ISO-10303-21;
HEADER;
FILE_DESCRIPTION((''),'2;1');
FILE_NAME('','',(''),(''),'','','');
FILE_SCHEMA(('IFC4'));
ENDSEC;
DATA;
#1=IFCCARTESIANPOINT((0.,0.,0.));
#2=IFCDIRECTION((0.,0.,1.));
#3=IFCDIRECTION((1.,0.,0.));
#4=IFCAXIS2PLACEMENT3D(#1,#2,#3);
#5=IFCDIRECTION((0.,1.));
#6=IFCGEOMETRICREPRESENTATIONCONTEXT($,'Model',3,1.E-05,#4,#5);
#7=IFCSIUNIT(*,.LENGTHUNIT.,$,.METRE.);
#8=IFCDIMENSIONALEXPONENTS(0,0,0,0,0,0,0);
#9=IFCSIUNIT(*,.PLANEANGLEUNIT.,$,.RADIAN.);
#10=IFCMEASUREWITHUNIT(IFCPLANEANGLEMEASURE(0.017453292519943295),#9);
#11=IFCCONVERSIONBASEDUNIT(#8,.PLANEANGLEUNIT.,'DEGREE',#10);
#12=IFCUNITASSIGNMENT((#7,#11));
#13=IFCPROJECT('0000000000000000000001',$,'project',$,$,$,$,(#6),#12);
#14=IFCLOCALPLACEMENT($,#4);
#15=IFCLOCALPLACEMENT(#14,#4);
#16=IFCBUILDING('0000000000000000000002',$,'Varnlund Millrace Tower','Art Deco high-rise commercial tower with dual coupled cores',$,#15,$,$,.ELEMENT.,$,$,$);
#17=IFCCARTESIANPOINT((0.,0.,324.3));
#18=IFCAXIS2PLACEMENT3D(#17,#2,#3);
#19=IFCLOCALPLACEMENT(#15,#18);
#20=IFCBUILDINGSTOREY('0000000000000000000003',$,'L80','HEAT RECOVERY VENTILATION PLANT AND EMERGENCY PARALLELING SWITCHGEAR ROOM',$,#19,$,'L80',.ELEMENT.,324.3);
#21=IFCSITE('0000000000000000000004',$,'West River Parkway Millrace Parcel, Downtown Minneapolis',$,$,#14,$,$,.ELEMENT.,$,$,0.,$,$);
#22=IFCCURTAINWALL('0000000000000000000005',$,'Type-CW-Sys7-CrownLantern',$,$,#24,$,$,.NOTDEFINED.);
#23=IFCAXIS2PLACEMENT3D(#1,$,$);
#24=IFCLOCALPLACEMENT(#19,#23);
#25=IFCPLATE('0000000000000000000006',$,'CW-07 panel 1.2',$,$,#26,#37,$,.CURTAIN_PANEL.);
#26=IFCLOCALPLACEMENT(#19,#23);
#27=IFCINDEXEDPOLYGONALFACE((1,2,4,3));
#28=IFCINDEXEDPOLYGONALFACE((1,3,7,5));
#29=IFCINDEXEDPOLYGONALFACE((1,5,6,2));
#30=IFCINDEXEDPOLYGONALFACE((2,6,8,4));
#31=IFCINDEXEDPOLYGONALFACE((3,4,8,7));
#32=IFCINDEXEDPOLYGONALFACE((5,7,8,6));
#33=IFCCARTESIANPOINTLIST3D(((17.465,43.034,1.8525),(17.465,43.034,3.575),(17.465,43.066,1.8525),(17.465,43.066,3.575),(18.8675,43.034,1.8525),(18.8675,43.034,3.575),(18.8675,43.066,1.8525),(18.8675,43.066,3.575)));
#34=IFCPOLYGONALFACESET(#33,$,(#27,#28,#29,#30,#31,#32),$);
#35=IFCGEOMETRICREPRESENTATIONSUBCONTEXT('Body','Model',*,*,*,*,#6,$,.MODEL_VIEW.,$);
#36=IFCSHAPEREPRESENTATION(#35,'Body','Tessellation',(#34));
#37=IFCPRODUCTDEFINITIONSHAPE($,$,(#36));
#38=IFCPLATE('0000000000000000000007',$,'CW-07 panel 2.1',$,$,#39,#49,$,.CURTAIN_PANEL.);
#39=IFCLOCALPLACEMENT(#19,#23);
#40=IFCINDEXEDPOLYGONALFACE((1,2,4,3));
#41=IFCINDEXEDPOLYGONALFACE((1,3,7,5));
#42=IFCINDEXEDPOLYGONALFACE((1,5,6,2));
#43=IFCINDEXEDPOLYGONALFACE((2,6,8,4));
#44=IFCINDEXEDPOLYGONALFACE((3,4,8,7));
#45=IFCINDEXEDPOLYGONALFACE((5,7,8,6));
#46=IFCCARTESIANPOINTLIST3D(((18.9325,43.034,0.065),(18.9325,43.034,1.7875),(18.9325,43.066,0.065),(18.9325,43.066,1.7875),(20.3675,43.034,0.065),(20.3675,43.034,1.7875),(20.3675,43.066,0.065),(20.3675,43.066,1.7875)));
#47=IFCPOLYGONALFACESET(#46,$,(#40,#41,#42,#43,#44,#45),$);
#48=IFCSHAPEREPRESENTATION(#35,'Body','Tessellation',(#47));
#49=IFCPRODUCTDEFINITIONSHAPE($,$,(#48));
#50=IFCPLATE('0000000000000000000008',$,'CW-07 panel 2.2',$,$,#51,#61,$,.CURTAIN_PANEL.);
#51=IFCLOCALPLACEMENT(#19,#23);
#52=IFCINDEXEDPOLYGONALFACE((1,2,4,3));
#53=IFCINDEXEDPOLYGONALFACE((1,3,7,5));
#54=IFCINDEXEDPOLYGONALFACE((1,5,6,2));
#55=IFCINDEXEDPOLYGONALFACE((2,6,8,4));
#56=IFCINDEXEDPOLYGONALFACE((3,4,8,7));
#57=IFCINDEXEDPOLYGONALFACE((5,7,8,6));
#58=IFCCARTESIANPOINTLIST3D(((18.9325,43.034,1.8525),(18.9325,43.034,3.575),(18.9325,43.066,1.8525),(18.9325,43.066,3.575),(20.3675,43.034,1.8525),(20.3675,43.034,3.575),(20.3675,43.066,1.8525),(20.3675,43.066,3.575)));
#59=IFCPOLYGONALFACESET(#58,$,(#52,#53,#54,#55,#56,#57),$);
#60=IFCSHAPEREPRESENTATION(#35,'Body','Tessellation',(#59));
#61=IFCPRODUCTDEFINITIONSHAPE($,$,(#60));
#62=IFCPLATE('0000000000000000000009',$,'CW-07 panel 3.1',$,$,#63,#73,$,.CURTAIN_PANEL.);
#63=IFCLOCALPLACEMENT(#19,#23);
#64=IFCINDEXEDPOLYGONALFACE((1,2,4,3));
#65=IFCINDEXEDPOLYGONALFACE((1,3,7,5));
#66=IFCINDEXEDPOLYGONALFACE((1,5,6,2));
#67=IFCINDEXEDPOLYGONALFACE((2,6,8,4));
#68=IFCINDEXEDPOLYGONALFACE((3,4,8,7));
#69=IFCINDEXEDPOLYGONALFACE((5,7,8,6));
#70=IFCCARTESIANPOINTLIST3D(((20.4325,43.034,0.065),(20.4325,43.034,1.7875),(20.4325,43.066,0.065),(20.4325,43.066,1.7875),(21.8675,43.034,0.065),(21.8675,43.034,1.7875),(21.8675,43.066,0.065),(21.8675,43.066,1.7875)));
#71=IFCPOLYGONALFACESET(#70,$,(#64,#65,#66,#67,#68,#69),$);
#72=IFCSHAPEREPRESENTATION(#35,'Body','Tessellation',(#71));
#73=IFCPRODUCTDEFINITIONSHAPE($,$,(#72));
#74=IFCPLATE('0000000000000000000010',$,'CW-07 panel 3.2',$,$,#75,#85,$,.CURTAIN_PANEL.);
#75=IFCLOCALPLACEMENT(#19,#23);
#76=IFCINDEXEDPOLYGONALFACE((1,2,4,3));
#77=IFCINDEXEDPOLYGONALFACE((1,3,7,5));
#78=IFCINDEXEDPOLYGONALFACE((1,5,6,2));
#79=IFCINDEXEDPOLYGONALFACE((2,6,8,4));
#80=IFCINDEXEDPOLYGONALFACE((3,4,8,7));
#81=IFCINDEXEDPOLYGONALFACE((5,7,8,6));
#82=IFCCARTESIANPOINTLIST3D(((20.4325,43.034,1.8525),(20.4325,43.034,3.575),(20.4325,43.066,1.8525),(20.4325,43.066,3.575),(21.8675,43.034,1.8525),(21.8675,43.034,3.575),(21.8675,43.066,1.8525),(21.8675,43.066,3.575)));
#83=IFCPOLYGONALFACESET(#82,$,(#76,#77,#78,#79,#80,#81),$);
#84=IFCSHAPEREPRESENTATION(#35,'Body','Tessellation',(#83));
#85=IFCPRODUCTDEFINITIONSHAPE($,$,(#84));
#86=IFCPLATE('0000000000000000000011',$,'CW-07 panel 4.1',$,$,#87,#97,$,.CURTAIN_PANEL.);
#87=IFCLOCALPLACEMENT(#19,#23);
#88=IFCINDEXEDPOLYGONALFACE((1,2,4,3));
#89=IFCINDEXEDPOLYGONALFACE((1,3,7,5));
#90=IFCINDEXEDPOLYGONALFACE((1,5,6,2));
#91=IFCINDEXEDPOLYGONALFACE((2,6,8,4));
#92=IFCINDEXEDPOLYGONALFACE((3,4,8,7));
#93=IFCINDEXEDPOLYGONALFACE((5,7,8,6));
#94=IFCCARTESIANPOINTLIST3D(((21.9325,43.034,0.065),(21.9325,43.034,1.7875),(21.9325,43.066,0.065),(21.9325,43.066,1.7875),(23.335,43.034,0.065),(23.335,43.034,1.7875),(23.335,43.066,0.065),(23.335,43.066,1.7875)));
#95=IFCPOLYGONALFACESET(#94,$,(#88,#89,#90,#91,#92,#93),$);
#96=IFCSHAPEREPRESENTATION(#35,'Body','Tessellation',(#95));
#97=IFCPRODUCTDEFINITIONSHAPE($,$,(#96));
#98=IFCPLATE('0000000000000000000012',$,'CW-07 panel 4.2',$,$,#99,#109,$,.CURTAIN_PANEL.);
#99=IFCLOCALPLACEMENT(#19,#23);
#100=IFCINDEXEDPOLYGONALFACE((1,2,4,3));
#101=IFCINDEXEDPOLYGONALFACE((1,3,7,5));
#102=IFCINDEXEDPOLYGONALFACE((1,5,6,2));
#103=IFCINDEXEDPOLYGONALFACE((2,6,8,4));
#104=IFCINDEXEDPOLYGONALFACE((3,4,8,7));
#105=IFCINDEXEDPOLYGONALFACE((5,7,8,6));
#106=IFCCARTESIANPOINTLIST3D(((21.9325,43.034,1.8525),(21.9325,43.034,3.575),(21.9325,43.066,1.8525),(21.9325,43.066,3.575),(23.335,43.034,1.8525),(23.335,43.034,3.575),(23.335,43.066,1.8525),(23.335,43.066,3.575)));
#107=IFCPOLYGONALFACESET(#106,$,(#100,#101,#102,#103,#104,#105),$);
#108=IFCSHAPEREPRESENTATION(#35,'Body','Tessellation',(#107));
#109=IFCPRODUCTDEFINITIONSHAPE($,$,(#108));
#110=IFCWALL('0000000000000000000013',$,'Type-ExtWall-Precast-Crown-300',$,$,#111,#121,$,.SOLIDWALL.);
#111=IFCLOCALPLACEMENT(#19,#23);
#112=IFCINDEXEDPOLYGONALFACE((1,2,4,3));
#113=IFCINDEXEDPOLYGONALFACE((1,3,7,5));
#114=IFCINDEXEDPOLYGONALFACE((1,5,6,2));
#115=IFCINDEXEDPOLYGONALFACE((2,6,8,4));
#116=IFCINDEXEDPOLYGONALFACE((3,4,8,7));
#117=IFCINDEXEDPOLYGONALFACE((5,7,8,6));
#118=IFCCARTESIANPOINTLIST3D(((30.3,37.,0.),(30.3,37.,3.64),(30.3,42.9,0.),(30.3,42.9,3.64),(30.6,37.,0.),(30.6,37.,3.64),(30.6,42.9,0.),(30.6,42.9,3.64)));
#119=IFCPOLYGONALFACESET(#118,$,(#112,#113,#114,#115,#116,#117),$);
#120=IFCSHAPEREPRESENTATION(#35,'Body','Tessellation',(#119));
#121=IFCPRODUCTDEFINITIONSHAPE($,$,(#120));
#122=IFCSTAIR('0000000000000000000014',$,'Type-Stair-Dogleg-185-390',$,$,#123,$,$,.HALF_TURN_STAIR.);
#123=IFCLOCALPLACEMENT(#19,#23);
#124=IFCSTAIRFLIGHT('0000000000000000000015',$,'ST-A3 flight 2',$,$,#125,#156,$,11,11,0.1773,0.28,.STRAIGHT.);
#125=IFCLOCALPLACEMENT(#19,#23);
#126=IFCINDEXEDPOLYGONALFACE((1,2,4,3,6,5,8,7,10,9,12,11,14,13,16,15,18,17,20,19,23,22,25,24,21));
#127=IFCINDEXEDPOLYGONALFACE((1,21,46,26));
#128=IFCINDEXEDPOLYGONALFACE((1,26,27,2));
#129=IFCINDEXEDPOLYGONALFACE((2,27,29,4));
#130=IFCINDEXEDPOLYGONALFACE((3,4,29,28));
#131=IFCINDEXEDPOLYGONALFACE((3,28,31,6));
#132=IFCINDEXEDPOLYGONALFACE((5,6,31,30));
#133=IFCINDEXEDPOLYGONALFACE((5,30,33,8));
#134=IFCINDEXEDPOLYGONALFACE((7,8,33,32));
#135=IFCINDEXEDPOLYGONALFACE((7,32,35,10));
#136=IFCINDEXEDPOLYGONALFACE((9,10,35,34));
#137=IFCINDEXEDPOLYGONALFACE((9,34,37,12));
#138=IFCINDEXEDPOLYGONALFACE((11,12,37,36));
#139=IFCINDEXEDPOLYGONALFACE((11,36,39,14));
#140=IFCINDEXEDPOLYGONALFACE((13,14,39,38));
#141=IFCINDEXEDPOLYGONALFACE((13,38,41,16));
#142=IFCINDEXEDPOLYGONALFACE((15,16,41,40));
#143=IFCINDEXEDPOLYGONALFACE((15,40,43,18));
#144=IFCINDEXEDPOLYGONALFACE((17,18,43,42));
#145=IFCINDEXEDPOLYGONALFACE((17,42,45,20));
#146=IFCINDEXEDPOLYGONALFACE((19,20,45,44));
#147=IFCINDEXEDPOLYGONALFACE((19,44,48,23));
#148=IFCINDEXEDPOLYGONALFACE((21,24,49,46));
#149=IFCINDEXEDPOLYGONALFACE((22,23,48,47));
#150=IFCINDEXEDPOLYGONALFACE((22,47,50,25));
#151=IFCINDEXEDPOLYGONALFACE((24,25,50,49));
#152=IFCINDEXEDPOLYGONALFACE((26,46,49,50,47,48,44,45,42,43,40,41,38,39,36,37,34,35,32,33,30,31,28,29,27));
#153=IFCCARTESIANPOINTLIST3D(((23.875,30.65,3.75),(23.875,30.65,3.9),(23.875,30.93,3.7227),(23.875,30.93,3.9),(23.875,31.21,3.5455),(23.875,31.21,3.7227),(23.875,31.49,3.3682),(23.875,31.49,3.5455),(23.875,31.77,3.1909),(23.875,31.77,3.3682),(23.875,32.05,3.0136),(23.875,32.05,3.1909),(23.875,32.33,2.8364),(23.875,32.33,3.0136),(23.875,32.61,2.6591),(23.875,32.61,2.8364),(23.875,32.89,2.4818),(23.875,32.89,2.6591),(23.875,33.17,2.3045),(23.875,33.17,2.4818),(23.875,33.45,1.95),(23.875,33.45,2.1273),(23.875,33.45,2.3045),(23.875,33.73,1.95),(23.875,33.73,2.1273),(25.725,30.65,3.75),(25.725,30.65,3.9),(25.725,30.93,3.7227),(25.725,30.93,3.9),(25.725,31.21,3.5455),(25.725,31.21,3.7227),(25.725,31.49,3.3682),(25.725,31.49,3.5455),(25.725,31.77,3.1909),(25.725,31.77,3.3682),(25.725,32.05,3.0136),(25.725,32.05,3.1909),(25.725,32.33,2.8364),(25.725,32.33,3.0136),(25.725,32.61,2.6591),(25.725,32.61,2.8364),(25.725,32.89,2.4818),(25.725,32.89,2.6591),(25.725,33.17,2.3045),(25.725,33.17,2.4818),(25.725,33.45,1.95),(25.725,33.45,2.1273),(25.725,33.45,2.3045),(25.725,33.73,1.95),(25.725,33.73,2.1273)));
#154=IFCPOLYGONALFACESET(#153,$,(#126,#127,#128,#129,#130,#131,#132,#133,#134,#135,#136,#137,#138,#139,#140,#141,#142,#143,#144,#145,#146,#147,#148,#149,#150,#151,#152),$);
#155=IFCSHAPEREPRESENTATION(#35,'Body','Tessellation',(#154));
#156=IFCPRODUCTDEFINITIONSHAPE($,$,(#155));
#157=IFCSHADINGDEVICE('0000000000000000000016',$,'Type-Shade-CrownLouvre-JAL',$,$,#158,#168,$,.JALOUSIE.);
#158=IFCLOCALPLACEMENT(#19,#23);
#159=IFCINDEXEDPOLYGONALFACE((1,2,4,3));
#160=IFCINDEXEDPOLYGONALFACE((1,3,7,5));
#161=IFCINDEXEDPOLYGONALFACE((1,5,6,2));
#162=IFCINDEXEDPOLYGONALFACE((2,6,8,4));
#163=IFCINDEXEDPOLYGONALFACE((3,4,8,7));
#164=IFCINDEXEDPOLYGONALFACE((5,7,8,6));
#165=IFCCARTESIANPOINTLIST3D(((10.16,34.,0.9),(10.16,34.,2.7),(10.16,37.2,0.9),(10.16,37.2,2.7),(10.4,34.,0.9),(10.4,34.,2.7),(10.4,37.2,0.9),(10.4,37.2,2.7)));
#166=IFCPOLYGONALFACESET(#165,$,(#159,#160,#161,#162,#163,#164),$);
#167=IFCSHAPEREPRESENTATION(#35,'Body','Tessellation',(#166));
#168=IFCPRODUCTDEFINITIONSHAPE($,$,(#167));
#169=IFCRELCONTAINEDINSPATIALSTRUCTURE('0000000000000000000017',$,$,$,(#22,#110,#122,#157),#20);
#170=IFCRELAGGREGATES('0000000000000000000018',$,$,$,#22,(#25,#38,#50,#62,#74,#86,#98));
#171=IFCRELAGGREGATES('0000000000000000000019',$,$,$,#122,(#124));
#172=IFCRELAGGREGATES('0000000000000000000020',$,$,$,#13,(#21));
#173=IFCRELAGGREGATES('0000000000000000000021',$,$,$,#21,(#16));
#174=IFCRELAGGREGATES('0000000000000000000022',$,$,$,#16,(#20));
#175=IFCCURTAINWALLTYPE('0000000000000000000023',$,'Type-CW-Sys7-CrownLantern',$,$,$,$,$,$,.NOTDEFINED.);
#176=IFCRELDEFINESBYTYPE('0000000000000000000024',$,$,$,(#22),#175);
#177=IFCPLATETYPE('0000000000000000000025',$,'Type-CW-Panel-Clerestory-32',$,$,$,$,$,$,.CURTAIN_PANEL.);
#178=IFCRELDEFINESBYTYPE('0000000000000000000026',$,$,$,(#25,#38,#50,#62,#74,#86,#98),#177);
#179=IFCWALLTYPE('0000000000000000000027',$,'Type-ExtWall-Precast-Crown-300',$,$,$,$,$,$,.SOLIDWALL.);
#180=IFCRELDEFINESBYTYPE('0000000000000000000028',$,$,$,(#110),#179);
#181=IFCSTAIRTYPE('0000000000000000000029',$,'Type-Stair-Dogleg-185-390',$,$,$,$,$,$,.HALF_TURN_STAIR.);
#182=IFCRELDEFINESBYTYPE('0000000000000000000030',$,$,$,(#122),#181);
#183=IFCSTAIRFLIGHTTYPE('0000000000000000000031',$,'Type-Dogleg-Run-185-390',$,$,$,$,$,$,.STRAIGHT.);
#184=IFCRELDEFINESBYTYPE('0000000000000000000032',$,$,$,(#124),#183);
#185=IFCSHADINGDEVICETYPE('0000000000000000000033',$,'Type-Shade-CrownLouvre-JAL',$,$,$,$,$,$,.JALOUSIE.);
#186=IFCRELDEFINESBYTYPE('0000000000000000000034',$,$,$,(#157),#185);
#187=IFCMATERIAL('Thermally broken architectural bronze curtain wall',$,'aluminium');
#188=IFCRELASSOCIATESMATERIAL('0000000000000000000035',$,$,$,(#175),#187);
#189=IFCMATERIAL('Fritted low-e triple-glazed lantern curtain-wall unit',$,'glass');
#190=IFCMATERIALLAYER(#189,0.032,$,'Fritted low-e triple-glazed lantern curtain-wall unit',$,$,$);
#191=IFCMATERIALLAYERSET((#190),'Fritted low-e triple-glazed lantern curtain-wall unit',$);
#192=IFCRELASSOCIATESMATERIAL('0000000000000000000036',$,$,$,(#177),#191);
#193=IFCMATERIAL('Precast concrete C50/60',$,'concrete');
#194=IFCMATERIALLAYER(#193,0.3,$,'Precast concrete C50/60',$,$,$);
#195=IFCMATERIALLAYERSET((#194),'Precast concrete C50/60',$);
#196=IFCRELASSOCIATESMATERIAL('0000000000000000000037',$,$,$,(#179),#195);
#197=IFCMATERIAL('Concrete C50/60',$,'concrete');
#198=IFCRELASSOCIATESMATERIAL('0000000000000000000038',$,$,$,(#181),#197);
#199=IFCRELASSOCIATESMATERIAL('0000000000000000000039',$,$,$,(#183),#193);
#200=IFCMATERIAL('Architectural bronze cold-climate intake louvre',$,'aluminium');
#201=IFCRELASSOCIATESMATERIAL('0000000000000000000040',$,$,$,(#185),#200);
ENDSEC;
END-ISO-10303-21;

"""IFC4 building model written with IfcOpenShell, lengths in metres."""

from ifc_helpers import new_model, entity, si_unit, converted_unit, direction, frame, origin_with_axes, origin_2d_with_axis, place, context, subcontext, project, spatial, polyline, rectangle, outline, extrude, material, layer, layer_set, type_object, element, aggregate, save


model = new_model("IFC4")

# Units and contexts
model_context = context("Model", 3, precision=1e-05, world=origin_with_axes(), true_north=direction((0.0, 1.0)))
body_context = subcontext(model_context, "Body", "Model", "MODEL_VIEW")
ifc_project = project(units=[si_unit("LENGTHUNIT", "METRE"), converted_unit("PLANEANGLEUNIT", "DEGREE", entity("IfcPlaneAngleMeasure", 0.017453292519943295), si_unit("PLANEANGLEUNIT", "RADIAN"), dimensions=[0, 0, 0, 0, 0, 0, 0])], contexts=[model_context])

# Site, building, storey
site_placement = place(None, origin_with_axes())
site = spatial("IfcSite", under=ifc_project, at=site_placement, Name="West River Parkway Millrace Parcel, Downtown Minneapolis", CompositionType="ELEMENT", RefElevation=0.0)
building_placement = place(site_placement, origin_with_axes())
building = spatial("IfcBuilding", under=site, at=building_placement, Name="Varnlund Millrace Tower", Description="Art Deco high-rise commercial tower with dual coupled cores", CompositionType="ELEMENT")
storey_placement = place(building_placement, frame((0.0, 0.0, 324.3), z_axis=(0.0, 0.0, 1.0), x_axis=(1.0, 0.0, 0.0)))
storey = spatial("IfcBuildingStorey", under=building, at=storey_placement, Name="L80", Description="HEAT RECOVERY VENTILATION PLANT AND EMERGENCY PARALLELING SWITCHGEAR ROOM", LongName="L80", CompositionType="ELEMENT", Elevation=324.3)

# Curtain wall
ifc_material_1 = material(Name="Thermally broken architectural bronze curtain wall", Category="aluminium")
curtain_wall_type = type_object("IfcCurtainWallType", Name="Type-CW-Sys7-CrownLantern", PredefinedType="NOTDEFINED", material=ifc_material_1)
curtain_wall_1_placement = place(storey_placement, frame((17.4, 43.05, 0.0), z_axis=(0.0, 0.0, 1.0), x_axis=(1.0, 0.0, 0.0)))
curtain_wall_1 = element("IfcCurtainWall", 1, at=curtain_wall_1_placement, inside=storey, type_object=curtain_wall_type, Name="Type-CW-Sys7-CrownLantern", PredefinedType="NOTDEFINED")

# Plates
ifc_material_2 = material(Name="Fritted low-e triple-glazed lantern curtain-wall unit", Category="glass")
ifc_layer_1 = layer(ifc_material_2, 0.032, Name="Fritted low-e triple-glazed lantern curtain-wall unit")
ifc_layer_set_1 = layer_set([ifc_layer_1], Name="Fritted low-e triple-glazed lantern curtain-wall unit")
plate_type = type_object("IfcPlateType", Name="Type-CW-Panel-Clerestory-32", PredefinedType="CURTAIN_PANEL", material=ifc_layer_set_1)
plate_1_placement = place(storey_placement, frame((18.1663, 43.05, 1.8525), z_axis=(0.0, 0.0, 1.0), x_axis=(1.0, 0.0, 0.0)))
plate_1 = element("IfcPlate", 2, at=plate_1_placement, type_object=plate_type, Name="CW-07 panel 1.2", PredefinedType="CURTAIN_PANEL", context=body_context, shape_type="SweptSolid", body=[
    extrude(rectangle(XDim=1.4025, YDim=0.032, at=origin_2d_with_axis()), origin_with_axes(), (0.0, 0.0, 1.0), 1.7225),
])
plate_2_placement = place(storey_placement, frame((19.65, 43.05, 0.065), z_axis=(0.0, 0.0, 1.0), x_axis=(1.0, 0.0, 0.0)))
plate_2 = element("IfcPlate", 3, at=plate_2_placement, type_object=plate_type, Name="CW-07 panel 2.1", PredefinedType="CURTAIN_PANEL", context=body_context, shape_type="SweptSolid", body=[
    extrude(rectangle(XDim=1.435, YDim=0.032, at=origin_2d_with_axis()), origin_with_axes(), (0.0, 0.0, 1.0), 1.7225),
])
plate_3_placement = place(storey_placement, frame((19.65, 43.05, 1.8525), z_axis=(0.0, 0.0, 1.0), x_axis=(1.0, 0.0, 0.0)))
plate_3 = element("IfcPlate", 4, at=plate_3_placement, type_object=plate_type, Name="CW-07 panel 2.2", PredefinedType="CURTAIN_PANEL", context=body_context, shape_type="SweptSolid", body=[
    extrude(rectangle(XDim=1.435, YDim=0.032, at=origin_2d_with_axis()), origin_with_axes(), (0.0, 0.0, 1.0), 1.7225),
])
plate_4_placement = place(storey_placement, frame((21.15, 43.05, 0.065), z_axis=(0.0, 0.0, 1.0), x_axis=(1.0, 0.0, 0.0)))
plate_4 = element("IfcPlate", 5, at=plate_4_placement, type_object=plate_type, Name="CW-07 panel 3.1", PredefinedType="CURTAIN_PANEL", context=body_context, shape_type="SweptSolid", body=[
    extrude(rectangle(XDim=1.435, YDim=0.032, at=origin_2d_with_axis()), origin_with_axes(), (0.0, 0.0, 1.0), 1.7225),
])
plate_5_placement = place(storey_placement, frame((21.15, 43.05, 1.8525), z_axis=(0.0, 0.0, 1.0), x_axis=(1.0, 0.0, 0.0)))
plate_5 = element("IfcPlate", 6, at=plate_5_placement, type_object=plate_type, Name="CW-07 panel 3.2", PredefinedType="CURTAIN_PANEL", context=body_context, shape_type="SweptSolid", body=[
    extrude(rectangle(XDim=1.435, YDim=0.032, at=origin_2d_with_axis()), origin_with_axes(), (0.0, 0.0, 1.0), 1.7225),
])
plate_6_placement = place(storey_placement, frame((22.6337, 43.05, 0.065), z_axis=(0.0, 0.0, 1.0), x_axis=(1.0, 0.0, 0.0)))
plate_6 = element("IfcPlate", 7, at=plate_6_placement, type_object=plate_type, Name="CW-07 panel 4.1", PredefinedType="CURTAIN_PANEL", context=body_context, shape_type="SweptSolid", body=[
    extrude(rectangle(XDim=1.4025, YDim=0.032, at=origin_2d_with_axis()), origin_with_axes(), (0.0, 0.0, 1.0), 1.7225),
])
plate_7_placement = place(storey_placement, frame((22.6337, 43.05, 1.8525), z_axis=(0.0, 0.0, 1.0), x_axis=(1.0, 0.0, 0.0)))
plate_7 = element("IfcPlate", 8, at=plate_7_placement, type_object=plate_type, Name="CW-07 panel 4.2", PredefinedType="CURTAIN_PANEL", context=body_context, shape_type="SweptSolid", body=[
    extrude(rectangle(XDim=1.4025, YDim=0.032, at=origin_2d_with_axis()), origin_with_axes(), (0.0, 0.0, 1.0), 1.7225),
])
aggregate(curtain_wall_1, [plate_1, plate_2, plate_3, plate_4, plate_5, plate_6, plate_7])

# Wall
ifc_material_3 = material(Name="Precast concrete C50/60", Category="concrete")
ifc_layer_2 = layer(ifc_material_3, 0.3, Name="Precast concrete C50/60")
ifc_layer_set_2 = layer_set([ifc_layer_2], Name="Precast concrete C50/60")
wall_type = type_object("IfcWallType", Name="Type-ExtWall-Precast-Crown-300", PredefinedType="SOLIDWALL", material=ifc_layer_set_2)
wall_placement = place(storey_placement, frame((30.45, 42.9, 0.0), z_axis=(0.0, 0.0, 1.0), x_axis=(0.0, -1.0, 0.0)))
element("IfcWall", 9, at=wall_placement, inside=storey, type_object=wall_type, Name="Type-ExtWall-Precast-Crown-300", PredefinedType="SOLIDWALL", context=body_context, shape_type="SweptSolid", body=[
    extrude(outline(polyline([(0.0, -0.15), (5.9, -0.15), (5.9, 0.15), (0.0, 0.15), (0.0, -0.15)])), origin_with_axes(), (0.0, 0.0, 1.0), 3.64),
])

# Stair, stair flight
ifc_material_4 = material(Name="Concrete C50/60", Category="concrete")
stair_type = type_object("IfcStairType", Name="Type-Stair-Dogleg-185-390", PredefinedType="HALF_TURN_STAIR", material=ifc_material_4)
stair_placement = place(storey_placement, origin_with_axes())
stair = element("IfcStair", 10, at=stair_placement, inside=storey, type_object=stair_type, Name="Type-Stair-Dogleg-185-390", PredefinedType="HALF_TURN_STAIR")
stair_flight_type = type_object("IfcStairFlightType", Name="Type-Dogleg-Run-185-390", PredefinedType="STRAIGHT", material=ifc_material_3)
stair_flight_placement = place(storey_placement, frame((25.725, 33.73, 1.95), z_axis=(-1.0, 0.0, 0.0), x_axis=(0.0, -1.0, 0.0)))
stair_flight = element("IfcStairFlight", 11, at=stair_flight_placement, type_object=stair_flight_type, Name="ST-A3 flight 2", NumberOfRisers=11, NumberOfTreads=11, PredefinedType="STRAIGHT", RiserHeight=0.1773, TreadLength=0.28, context=body_context, shape_type="SweptSolid", body=[
    extrude(outline(polyline([(0.0, 0.0), (0.0, 0.1773), (0.28, 0.1773), (0.28, 0.3545), (0.56, 0.3545), (0.56, 0.5318), (0.84, 0.5318), (0.84, 0.7091), (1.12, 0.7091), (1.12, 0.8864), (1.4, 0.8864), (1.4, 1.0636), (1.68, 1.0636), (1.68, 1.2409), (1.96, 1.2409), (1.96, 1.4182), (2.24, 1.4182), (2.24, 1.5955), (2.52, 1.5955), (2.52, 1.7727), (2.8, 1.7727), (2.8, 1.95), (3.08, 1.95), (3.08, 1.8), (0.28, 0.0), (0.0, 0.0)])), origin_with_axes(), (0.0, 0.0, 1.0), 1.85),
])
aggregate(stair, [stair_flight])

# Shading device
ifc_material_5 = material(Name="Architectural bronze cold-climate intake louvre", Category="aluminium")
shading_device_type = type_object("IfcShadingDeviceType", Name="Type-Shade-CrownLouvre-JAL", PredefinedType="JALOUSIE", material=ifc_material_5)
shading_device_placement = place(storey_placement, frame((10.28, 35.6, 0.9), z_axis=(0.0, 0.0, 1.0), x_axis=(0.0, 1.0, 0.0)))
element("IfcShadingDevice", 12, at=shading_device_placement, inside=storey, type_object=shading_device_type, Name="Type-Shade-CrownLouvre-JAL", PredefinedType="JALOUSIE", context=body_context, shape_type="SweptSolid", body=[
    extrude(rectangle(XDim=3.2, YDim=0.24, at=origin_2d_with_axis()), origin_with_axes(), (0.0, 0.0, 1.0), 1.8),
])

save(model, "model.ifc")
